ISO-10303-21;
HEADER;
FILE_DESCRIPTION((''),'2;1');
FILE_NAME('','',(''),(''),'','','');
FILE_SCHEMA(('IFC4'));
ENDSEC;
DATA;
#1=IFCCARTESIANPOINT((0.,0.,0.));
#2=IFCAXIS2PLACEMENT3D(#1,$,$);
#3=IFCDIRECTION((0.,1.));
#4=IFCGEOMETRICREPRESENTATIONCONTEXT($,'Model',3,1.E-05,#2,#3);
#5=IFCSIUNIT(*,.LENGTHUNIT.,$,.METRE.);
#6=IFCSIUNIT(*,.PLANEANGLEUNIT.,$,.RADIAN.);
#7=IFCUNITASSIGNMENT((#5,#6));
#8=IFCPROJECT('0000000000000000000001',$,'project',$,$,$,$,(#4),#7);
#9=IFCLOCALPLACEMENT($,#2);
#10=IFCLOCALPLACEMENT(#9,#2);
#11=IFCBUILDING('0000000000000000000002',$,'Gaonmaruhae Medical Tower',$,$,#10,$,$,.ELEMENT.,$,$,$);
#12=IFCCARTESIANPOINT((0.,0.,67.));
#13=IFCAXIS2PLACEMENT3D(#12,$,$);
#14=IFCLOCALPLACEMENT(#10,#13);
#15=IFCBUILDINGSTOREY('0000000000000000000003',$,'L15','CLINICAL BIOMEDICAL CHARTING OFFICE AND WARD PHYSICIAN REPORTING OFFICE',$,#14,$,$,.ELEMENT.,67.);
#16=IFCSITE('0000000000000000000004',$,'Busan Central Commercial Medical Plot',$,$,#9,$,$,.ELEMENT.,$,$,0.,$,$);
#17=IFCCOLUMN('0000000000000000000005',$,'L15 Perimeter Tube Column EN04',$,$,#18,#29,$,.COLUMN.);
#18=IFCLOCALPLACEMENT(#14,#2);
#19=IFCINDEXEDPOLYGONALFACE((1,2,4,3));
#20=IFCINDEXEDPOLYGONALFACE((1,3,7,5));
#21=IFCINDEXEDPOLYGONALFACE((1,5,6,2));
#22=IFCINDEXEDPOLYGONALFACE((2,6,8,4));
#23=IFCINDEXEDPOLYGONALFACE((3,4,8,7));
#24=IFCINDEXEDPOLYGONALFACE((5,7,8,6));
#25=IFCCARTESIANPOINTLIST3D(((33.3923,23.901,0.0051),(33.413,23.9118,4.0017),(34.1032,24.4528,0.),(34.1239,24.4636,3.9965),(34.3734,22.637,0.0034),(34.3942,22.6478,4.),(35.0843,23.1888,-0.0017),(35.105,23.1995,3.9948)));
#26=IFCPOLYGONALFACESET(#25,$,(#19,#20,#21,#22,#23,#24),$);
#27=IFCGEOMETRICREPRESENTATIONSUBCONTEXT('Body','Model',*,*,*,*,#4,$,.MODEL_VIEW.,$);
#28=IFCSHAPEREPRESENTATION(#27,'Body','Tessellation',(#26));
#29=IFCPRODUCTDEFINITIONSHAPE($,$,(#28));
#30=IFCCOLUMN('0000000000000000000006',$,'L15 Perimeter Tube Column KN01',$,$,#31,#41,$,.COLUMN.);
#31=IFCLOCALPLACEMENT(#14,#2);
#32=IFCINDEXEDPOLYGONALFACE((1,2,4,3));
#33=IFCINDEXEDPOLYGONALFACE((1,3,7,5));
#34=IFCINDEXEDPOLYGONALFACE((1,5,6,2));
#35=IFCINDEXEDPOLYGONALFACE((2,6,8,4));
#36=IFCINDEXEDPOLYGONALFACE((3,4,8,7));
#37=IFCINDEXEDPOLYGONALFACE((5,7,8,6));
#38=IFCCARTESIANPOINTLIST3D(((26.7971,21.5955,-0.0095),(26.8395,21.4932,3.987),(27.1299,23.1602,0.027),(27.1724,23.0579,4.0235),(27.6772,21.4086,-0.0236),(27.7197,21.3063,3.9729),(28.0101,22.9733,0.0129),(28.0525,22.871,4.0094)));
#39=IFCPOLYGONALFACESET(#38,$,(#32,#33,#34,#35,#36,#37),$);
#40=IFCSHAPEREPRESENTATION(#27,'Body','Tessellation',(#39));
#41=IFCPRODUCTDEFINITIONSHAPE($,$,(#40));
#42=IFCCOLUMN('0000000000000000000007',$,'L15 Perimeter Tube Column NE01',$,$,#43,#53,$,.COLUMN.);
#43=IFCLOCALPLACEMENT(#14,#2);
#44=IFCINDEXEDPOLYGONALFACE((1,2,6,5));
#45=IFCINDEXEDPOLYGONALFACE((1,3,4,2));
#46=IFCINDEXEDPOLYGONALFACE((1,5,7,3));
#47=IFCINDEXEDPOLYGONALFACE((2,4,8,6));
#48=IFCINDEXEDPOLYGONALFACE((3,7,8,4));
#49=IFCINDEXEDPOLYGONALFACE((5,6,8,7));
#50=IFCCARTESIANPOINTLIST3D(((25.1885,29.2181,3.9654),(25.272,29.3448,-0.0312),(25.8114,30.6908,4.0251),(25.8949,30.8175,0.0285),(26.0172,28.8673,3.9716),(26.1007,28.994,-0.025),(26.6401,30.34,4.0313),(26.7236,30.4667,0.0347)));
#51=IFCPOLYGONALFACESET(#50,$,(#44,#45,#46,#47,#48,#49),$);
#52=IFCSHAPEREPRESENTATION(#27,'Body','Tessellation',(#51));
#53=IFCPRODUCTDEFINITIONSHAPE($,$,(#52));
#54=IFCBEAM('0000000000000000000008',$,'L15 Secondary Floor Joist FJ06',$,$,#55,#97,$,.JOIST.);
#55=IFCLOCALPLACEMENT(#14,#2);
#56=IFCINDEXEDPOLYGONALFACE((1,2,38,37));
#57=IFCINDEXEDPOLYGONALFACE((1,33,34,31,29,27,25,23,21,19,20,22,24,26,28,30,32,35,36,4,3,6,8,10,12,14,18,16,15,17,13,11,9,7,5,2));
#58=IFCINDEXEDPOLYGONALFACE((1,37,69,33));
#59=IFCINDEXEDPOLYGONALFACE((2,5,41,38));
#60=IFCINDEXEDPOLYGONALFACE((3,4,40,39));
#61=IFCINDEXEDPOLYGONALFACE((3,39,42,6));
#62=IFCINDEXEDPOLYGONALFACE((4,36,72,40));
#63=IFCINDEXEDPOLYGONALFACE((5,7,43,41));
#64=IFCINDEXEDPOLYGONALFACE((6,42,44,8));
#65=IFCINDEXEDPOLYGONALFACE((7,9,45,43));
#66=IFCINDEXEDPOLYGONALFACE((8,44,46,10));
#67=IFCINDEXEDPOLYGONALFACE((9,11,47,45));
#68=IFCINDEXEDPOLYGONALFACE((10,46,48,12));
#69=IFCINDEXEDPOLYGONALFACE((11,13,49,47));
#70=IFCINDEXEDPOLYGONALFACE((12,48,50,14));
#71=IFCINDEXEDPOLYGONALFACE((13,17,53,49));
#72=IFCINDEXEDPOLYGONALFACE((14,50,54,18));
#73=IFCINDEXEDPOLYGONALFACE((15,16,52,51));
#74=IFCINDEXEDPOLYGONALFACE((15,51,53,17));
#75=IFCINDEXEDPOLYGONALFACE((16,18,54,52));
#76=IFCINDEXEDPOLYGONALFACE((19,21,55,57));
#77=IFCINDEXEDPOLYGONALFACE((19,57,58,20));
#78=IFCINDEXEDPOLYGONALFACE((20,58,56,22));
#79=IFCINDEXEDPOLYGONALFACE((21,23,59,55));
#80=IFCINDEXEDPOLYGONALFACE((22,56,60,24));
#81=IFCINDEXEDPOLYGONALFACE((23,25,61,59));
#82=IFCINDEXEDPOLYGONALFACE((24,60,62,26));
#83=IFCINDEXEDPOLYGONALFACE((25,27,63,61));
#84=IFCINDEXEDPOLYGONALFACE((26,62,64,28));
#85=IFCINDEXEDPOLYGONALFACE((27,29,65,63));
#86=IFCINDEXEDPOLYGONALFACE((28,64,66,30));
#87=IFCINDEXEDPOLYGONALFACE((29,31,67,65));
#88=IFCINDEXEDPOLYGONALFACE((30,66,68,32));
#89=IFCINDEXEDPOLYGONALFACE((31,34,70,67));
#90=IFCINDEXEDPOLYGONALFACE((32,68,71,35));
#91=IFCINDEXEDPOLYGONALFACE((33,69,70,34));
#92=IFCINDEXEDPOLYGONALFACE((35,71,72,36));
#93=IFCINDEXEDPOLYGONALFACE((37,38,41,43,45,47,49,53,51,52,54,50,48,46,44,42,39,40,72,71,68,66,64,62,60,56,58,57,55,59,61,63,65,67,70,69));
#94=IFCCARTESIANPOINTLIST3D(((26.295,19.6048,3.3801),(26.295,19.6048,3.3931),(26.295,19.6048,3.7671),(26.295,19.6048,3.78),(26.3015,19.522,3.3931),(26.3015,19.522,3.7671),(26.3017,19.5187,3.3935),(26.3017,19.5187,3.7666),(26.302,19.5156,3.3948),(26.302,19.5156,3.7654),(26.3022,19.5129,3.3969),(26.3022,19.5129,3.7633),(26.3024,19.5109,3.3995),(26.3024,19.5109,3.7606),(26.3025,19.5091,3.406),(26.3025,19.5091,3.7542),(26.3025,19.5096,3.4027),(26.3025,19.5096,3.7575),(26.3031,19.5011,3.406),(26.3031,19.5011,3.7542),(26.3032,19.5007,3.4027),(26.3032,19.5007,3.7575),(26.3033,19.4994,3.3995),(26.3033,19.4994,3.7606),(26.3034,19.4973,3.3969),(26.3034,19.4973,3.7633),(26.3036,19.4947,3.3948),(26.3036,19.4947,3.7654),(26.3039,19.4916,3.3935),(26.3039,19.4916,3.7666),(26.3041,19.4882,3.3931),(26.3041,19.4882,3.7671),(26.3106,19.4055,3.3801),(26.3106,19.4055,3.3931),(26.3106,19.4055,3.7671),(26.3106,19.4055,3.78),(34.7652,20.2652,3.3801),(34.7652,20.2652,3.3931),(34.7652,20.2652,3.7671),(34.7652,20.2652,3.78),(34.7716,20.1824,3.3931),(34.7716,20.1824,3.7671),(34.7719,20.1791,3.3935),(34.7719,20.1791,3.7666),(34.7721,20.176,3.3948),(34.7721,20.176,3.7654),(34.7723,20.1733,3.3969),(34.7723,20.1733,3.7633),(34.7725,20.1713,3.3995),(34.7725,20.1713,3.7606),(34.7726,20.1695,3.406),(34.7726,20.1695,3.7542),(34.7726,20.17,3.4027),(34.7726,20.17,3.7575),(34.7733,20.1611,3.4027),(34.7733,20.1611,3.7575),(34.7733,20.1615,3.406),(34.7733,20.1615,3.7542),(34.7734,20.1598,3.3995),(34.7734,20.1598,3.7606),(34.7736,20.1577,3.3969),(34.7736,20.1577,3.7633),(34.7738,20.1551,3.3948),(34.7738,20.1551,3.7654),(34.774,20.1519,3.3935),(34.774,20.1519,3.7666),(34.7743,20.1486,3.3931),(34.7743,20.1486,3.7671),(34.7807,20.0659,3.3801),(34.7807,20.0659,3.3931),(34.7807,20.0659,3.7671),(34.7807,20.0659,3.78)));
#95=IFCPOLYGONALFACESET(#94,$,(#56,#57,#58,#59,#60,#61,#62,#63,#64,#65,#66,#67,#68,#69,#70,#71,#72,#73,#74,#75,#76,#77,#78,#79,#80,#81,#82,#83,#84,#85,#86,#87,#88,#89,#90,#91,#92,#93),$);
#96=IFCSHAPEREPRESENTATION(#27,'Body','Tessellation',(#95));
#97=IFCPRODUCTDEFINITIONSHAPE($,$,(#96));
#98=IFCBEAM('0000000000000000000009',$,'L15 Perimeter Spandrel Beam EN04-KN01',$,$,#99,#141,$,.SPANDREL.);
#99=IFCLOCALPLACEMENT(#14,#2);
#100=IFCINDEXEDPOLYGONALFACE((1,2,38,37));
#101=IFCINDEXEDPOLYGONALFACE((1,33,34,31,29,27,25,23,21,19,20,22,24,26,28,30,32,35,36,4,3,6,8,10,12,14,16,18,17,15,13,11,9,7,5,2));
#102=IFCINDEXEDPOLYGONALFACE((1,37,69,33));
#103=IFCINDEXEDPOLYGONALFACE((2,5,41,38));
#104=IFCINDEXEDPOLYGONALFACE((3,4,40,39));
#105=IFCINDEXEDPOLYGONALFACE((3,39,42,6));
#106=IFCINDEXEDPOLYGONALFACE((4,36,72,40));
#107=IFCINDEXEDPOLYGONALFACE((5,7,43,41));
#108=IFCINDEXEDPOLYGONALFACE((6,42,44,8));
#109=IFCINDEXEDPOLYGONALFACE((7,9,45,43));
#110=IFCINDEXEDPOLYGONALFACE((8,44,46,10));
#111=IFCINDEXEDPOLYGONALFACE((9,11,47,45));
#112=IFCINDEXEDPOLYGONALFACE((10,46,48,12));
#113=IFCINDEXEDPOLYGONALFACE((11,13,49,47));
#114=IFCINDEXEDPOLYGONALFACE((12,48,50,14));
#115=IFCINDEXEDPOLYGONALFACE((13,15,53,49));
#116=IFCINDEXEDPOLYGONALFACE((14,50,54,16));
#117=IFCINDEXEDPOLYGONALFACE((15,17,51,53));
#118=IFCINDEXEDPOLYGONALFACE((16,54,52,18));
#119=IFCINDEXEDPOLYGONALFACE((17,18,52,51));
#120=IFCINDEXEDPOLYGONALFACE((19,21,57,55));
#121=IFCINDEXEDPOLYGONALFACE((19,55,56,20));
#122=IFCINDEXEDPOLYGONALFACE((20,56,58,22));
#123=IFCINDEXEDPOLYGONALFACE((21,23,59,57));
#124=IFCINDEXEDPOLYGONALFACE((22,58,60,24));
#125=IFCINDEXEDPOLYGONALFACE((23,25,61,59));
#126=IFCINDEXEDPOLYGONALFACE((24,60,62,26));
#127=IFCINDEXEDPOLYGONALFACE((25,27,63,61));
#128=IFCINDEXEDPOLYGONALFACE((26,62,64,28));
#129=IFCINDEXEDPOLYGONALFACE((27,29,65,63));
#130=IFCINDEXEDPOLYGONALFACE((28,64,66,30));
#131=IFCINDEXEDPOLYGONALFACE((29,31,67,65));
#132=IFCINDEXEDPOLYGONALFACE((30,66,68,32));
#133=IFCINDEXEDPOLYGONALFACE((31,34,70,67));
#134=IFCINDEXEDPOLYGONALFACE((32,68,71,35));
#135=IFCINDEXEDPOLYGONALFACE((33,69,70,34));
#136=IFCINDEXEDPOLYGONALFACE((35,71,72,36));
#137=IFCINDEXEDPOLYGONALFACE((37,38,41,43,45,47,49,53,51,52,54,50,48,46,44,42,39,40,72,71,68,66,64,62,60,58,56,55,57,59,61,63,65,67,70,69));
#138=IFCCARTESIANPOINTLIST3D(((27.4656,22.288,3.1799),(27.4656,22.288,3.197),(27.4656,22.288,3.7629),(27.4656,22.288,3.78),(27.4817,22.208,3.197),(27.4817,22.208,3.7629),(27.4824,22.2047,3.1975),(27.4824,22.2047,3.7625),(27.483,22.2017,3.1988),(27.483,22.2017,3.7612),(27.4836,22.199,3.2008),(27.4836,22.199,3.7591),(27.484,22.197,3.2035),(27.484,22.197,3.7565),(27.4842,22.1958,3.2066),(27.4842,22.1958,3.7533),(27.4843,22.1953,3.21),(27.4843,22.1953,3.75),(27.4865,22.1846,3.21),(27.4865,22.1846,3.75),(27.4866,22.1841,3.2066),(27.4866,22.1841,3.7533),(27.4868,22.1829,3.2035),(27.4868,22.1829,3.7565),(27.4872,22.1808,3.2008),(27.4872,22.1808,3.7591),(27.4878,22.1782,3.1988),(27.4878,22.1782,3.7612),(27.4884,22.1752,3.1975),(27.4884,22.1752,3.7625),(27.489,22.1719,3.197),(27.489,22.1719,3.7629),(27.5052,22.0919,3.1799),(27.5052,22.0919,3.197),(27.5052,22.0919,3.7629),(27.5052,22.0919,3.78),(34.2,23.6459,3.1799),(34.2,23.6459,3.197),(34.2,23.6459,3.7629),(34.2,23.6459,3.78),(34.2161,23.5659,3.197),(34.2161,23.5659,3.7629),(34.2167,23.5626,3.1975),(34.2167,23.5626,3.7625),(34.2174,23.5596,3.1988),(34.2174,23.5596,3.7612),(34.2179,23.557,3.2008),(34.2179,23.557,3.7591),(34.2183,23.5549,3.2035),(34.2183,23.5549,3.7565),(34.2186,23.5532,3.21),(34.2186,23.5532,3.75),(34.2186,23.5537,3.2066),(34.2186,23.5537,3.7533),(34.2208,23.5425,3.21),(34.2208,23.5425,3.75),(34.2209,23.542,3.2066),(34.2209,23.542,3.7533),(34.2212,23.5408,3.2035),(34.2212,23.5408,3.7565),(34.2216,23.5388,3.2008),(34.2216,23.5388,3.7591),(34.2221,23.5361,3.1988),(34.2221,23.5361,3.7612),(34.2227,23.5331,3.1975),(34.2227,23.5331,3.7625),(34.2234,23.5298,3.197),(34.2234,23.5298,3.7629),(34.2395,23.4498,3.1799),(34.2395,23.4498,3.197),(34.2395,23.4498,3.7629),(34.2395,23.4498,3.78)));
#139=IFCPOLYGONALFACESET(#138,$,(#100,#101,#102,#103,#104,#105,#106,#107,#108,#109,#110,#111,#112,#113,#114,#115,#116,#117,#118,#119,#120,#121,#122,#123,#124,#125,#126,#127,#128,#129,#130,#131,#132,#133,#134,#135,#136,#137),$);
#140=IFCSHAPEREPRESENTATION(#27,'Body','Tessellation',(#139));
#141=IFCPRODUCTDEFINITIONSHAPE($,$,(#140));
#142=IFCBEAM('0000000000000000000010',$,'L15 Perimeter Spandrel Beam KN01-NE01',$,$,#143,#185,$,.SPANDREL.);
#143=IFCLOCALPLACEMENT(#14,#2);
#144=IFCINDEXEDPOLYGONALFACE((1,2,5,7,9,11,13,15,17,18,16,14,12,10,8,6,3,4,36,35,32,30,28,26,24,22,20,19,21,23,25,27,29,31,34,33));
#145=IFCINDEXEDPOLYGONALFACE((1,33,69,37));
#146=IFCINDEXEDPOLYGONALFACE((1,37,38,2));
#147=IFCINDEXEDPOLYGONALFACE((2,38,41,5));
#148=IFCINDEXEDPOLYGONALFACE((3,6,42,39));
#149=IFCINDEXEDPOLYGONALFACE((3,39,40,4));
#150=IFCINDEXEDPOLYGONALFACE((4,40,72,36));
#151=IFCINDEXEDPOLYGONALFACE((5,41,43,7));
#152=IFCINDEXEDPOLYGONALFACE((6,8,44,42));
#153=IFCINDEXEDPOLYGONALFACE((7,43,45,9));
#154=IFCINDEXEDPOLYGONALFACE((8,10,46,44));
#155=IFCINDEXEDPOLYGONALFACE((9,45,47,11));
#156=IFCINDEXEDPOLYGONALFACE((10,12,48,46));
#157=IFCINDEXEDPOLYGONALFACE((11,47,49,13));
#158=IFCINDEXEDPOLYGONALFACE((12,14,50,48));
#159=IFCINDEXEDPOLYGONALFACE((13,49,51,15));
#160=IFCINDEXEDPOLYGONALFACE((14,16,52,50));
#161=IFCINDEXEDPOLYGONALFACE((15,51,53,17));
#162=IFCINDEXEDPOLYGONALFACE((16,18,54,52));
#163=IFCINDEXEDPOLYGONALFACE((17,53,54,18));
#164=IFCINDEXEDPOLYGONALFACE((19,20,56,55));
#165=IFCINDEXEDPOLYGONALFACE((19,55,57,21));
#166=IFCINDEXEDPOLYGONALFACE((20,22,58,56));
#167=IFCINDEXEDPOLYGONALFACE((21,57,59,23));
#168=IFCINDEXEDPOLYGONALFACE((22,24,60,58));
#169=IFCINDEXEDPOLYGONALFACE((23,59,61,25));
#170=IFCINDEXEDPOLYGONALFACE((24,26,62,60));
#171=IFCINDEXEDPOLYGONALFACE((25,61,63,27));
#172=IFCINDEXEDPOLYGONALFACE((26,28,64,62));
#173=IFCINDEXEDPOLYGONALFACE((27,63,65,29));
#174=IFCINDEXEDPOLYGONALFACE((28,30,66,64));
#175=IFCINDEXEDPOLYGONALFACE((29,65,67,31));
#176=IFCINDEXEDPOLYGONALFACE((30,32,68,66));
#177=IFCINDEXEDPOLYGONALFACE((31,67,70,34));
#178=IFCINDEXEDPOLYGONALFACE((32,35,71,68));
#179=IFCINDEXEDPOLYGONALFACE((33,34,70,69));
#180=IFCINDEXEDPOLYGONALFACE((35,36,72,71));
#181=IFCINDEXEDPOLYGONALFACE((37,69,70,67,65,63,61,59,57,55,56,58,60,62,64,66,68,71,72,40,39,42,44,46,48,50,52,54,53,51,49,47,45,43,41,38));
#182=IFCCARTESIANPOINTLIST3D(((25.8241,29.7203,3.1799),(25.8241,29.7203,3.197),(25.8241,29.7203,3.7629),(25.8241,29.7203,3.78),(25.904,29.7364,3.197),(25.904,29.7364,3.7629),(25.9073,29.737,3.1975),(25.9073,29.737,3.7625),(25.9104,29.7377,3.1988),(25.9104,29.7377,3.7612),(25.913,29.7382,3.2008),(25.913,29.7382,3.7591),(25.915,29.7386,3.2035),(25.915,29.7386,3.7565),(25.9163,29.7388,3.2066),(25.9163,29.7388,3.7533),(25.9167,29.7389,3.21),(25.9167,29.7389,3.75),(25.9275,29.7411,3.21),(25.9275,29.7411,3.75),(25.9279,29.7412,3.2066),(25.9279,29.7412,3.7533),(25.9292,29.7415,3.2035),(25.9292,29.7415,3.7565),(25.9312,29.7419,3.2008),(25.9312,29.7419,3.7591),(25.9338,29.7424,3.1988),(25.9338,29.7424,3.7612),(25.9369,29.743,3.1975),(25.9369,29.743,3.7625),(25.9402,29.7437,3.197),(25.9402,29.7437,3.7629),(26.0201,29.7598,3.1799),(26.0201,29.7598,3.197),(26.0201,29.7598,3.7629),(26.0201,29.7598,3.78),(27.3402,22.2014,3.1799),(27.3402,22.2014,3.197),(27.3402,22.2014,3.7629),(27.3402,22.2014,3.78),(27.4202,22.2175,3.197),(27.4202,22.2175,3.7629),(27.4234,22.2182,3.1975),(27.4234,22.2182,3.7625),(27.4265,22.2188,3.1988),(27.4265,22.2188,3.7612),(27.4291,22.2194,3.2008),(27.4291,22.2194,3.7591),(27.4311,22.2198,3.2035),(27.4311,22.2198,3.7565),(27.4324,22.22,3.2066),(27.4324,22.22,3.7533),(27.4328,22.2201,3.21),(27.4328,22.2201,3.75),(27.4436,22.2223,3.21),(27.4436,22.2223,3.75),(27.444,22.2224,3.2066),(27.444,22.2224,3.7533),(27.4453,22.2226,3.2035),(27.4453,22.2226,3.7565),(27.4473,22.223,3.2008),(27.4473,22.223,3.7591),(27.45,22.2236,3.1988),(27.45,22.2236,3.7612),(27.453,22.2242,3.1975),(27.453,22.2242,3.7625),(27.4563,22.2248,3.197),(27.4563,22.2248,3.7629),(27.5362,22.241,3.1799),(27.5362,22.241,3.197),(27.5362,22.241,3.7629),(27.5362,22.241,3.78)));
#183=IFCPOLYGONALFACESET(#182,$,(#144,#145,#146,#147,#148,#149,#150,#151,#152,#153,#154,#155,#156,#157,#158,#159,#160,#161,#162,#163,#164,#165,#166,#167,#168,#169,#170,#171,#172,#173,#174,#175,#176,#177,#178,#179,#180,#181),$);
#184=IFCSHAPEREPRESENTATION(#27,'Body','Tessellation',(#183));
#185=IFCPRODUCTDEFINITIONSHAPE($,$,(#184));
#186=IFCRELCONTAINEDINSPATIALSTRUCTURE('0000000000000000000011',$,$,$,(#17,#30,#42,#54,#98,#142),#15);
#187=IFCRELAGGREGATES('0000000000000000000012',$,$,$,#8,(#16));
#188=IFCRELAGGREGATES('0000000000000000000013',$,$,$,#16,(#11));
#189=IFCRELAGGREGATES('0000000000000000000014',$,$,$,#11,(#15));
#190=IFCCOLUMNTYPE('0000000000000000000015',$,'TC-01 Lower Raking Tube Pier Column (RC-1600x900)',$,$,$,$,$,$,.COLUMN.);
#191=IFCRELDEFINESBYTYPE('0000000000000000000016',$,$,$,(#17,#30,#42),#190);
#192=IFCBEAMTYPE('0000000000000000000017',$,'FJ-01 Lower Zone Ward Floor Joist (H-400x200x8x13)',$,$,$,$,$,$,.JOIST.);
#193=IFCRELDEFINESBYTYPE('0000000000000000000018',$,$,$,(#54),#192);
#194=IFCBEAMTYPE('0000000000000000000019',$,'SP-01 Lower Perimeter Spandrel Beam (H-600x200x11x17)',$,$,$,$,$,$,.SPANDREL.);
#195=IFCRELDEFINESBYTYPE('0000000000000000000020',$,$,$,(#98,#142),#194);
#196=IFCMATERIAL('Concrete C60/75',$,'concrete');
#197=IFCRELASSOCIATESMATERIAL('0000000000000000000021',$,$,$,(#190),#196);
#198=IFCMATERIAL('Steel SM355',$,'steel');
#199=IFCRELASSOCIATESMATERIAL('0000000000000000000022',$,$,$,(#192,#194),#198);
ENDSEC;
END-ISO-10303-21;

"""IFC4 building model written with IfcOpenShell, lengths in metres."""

from ifc_helpers import new_model, si_unit, direction, frame, origin, origin_2d, place, context, subcontext, project, spatial, rectangle, i_section, extrude, material, material_profile, profile_set, type_object, element, save


model = new_model("IFC4")

# Units and contexts
model_context = context("Model", 3, precision=1e-05, world=origin(), true_north=direction((0.0, 1.0)))
body_context = subcontext(model_context, "Body", "Model", "MODEL_VIEW")
ifc_project = project(units=[si_unit("LENGTHUNIT", "METRE"), si_unit("PLANEANGLEUNIT", "RADIAN")], contexts=[model_context])

# Site, building, storey
site_placement = place(None, origin())
site = spatial("IfcSite", under=ifc_project, at=site_placement, Name="Busan Central Commercial Medical Plot", CompositionType="ELEMENT", RefElevation=0.0)
building_placement = place(site_placement, origin())
building = spatial("IfcBuilding", under=site, at=building_placement, Name="Gaonmaruhae Medical Tower", CompositionType="ELEMENT")
storey_placement = place(building_placement, frame((0.0, 0.0, 67.0)))
storey = spatial("IfcBuildingStorey", under=building, at=storey_placement, Name="L15", Description="CLINICAL BIOMEDICAL CHARTING OFFICE AND WARD PHYSICIAN REPORTING OFFICE", CompositionType="ELEMENT", Elevation=67.0)

# Columns
ifc_material_1 = material(Name="Concrete C60/75", Category="concrete")
ifc_material_profile_1 = material_profile(ifc_material_1, rectangle(XDim=1.6001, YDim=0.8999, at=origin_2d()), Name="RC-1600x900")
ifc_profile_set_1 = profile_set([ifc_material_profile_1], Name="Concrete C60/75")
column_type = type_object("IfcColumnType", Name="TC-01 Lower Raking Tube Pier Column (RC-1600x900)", PredefinedType="COLUMN", material=ifc_profile_set_1)
column_1_placement = place(storey_placement, frame((34.2383, 23.5449, 0.0017), z_axis=(0.005192, 0.002688, 0.999983), x_axis=(-0.613155, 0.789962, 0.00106)))
element("IfcColumn", 1, at=column_1_placement, inside=storey, type_object=column_type, Name="L15 Perimeter Tube Column EN04", PredefinedType="COLUMN", context=body_context, shape_type="SweptSolid", body=[
    extrude(rectangle(XDim=1.6001, YDim=0.8999, at=origin_2d()), origin(), (0.0, 0.0, 1.0), 3.9966),
])
column_2_placement = place(storey_placement, frame((27.4036, 22.2844, 0.0017), z_axis=(0.010625, -0.025586, 0.999616), x_axis=(0.208001, 0.977862, 0.022818)))
element("IfcColumn", 2, at=column_2_placement, inside=storey, type_object=column_type, Name="L15 Perimeter Tube Column KN01", PredefinedType="COLUMN", context=body_context, shape_type="SweptSolid", body=[
    extrude(rectangle(XDim=1.6001, YDim=0.8999, at=origin_2d()), origin(), (0.0, 0.0, 1.0), 3.998),
])
column_3_placement = place(storey_placement, frame((25.9978, 29.9058, 0.0017), z_axis=(-0.020877, -0.031682, 0.99928), x_axis=(0.389269, 0.920368, 0.037312)))
element("IfcColumn", 3, at=column_3_placement, inside=storey, type_object=column_type, Name="L15 Perimeter Tube Column NE01", PredefinedType="COLUMN", context=body_context, shape_type="SweptSolid", body=[
    extrude(rectangle(XDim=1.6001, YDim=0.8999, at=origin_2d()), origin(), (0.0, 0.0, 1.0), 3.9995),
])

# Beams
ifc_material_2 = material(Name="Steel SM355", Category="steel")
ifc_material_profile_2 = material_profile(ifc_material_2, i_section(OverallWidth=0.2, OverallDepth=0.3999, WebThickness=0.0081, FlangeThickness=0.0129, FilletRadius=0.0129, at=origin_2d()), Name="H-400x200x8x13")
ifc_profile_set_2 = profile_set([ifc_material_profile_2], Name="Steel SM355")
beam_type_1 = type_object("IfcBeamType", Name="FJ-01 Lower Zone Ward Floor Joist (H-400x200x8x13)", PredefinedType="JOIST", material=ifc_profile_set_2)
beam_1_placement = place(storey_placement, frame((34.7729, 20.1655, 3.5801), z_axis=(-0.996974, -0.077731, 0.0), x_axis=(0.077731, -0.996974, 0.0)))
element("IfcBeam", 4, at=beam_1_placement, inside=storey, type_object=beam_type_1, Name="L15 Secondary Floor Joist FJ06", PredefinedType="JOIST", context=body_context, shape_type="SweptSolid", body=[
    extrude(i_section(OverallWidth=0.2, OverallDepth=0.3999, WebThickness=0.0081, FlangeThickness=0.0129, FilletRadius=0.0129, at=origin_2d()), origin(), (0.0, 0.0, 1.0), 8.4958),
])
ifc_material_profile_3 = material_profile(ifc_material_2, i_section(OverallWidth=0.2, OverallDepth=0.6001, WebThickness=0.011, FlangeThickness=0.0171, FilletRadius=0.0129, at=origin_2d()), Name="H-600x200x11x17")
ifc_profile_set_3 = profile_set([ifc_material_profile_3], Name="Steel SM355")
beam_type_2 = type_object("IfcBeamType", Name="SP-01 Lower Perimeter Spandrel Beam (H-600x200x11x17)", PredefinedType="SPANDREL", material=ifc_profile_set_3)
beam_2_placement = place(storey_placement, frame((34.2197, 23.5479, 3.48), z_axis=(-0.980271, -0.19766, 0.0), x_axis=(0.19766, -0.980271, 0.0)))
element("IfcBeam", 5, at=beam_2_placement, inside=storey, type_object=beam_type_2, Name="L15 Perimeter Spandrel Beam EN04-KN01", PredefinedType="SPANDREL", context=body_context, shape_type="SweptSolid", body=[
    extrude(i_section(OverallWidth=0.2, OverallDepth=0.6001, WebThickness=0.011, FlangeThickness=0.0171, FilletRadius=0.0129, at=origin_2d()), origin(), (0.0, 0.0, 1.0), 6.8699),
])
beam_3_placement = place(storey_placement, frame((27.4382, 22.2212, 3.48), z_axis=(-0.197665, 0.98027, 0.0), x_axis=(-0.98027, -0.197665, 0.0)))
element("IfcBeam", 6, at=beam_3_placement, inside=storey, type_object=beam_type_2, Name="L15 Perimeter Spandrel Beam KN01-NE01", PredefinedType="SPANDREL", context=body_context, shape_type="SweptSolid", body=[
    extrude(i_section(OverallWidth=0.2, OverallDepth=0.6001, WebThickness=0.011, FlangeThickness=0.0171, FilletRadius=0.0129, at=origin_2d()), origin(), (0.0, 0.0, 1.0), 7.6702),
])

save(model, "model.ifc")
